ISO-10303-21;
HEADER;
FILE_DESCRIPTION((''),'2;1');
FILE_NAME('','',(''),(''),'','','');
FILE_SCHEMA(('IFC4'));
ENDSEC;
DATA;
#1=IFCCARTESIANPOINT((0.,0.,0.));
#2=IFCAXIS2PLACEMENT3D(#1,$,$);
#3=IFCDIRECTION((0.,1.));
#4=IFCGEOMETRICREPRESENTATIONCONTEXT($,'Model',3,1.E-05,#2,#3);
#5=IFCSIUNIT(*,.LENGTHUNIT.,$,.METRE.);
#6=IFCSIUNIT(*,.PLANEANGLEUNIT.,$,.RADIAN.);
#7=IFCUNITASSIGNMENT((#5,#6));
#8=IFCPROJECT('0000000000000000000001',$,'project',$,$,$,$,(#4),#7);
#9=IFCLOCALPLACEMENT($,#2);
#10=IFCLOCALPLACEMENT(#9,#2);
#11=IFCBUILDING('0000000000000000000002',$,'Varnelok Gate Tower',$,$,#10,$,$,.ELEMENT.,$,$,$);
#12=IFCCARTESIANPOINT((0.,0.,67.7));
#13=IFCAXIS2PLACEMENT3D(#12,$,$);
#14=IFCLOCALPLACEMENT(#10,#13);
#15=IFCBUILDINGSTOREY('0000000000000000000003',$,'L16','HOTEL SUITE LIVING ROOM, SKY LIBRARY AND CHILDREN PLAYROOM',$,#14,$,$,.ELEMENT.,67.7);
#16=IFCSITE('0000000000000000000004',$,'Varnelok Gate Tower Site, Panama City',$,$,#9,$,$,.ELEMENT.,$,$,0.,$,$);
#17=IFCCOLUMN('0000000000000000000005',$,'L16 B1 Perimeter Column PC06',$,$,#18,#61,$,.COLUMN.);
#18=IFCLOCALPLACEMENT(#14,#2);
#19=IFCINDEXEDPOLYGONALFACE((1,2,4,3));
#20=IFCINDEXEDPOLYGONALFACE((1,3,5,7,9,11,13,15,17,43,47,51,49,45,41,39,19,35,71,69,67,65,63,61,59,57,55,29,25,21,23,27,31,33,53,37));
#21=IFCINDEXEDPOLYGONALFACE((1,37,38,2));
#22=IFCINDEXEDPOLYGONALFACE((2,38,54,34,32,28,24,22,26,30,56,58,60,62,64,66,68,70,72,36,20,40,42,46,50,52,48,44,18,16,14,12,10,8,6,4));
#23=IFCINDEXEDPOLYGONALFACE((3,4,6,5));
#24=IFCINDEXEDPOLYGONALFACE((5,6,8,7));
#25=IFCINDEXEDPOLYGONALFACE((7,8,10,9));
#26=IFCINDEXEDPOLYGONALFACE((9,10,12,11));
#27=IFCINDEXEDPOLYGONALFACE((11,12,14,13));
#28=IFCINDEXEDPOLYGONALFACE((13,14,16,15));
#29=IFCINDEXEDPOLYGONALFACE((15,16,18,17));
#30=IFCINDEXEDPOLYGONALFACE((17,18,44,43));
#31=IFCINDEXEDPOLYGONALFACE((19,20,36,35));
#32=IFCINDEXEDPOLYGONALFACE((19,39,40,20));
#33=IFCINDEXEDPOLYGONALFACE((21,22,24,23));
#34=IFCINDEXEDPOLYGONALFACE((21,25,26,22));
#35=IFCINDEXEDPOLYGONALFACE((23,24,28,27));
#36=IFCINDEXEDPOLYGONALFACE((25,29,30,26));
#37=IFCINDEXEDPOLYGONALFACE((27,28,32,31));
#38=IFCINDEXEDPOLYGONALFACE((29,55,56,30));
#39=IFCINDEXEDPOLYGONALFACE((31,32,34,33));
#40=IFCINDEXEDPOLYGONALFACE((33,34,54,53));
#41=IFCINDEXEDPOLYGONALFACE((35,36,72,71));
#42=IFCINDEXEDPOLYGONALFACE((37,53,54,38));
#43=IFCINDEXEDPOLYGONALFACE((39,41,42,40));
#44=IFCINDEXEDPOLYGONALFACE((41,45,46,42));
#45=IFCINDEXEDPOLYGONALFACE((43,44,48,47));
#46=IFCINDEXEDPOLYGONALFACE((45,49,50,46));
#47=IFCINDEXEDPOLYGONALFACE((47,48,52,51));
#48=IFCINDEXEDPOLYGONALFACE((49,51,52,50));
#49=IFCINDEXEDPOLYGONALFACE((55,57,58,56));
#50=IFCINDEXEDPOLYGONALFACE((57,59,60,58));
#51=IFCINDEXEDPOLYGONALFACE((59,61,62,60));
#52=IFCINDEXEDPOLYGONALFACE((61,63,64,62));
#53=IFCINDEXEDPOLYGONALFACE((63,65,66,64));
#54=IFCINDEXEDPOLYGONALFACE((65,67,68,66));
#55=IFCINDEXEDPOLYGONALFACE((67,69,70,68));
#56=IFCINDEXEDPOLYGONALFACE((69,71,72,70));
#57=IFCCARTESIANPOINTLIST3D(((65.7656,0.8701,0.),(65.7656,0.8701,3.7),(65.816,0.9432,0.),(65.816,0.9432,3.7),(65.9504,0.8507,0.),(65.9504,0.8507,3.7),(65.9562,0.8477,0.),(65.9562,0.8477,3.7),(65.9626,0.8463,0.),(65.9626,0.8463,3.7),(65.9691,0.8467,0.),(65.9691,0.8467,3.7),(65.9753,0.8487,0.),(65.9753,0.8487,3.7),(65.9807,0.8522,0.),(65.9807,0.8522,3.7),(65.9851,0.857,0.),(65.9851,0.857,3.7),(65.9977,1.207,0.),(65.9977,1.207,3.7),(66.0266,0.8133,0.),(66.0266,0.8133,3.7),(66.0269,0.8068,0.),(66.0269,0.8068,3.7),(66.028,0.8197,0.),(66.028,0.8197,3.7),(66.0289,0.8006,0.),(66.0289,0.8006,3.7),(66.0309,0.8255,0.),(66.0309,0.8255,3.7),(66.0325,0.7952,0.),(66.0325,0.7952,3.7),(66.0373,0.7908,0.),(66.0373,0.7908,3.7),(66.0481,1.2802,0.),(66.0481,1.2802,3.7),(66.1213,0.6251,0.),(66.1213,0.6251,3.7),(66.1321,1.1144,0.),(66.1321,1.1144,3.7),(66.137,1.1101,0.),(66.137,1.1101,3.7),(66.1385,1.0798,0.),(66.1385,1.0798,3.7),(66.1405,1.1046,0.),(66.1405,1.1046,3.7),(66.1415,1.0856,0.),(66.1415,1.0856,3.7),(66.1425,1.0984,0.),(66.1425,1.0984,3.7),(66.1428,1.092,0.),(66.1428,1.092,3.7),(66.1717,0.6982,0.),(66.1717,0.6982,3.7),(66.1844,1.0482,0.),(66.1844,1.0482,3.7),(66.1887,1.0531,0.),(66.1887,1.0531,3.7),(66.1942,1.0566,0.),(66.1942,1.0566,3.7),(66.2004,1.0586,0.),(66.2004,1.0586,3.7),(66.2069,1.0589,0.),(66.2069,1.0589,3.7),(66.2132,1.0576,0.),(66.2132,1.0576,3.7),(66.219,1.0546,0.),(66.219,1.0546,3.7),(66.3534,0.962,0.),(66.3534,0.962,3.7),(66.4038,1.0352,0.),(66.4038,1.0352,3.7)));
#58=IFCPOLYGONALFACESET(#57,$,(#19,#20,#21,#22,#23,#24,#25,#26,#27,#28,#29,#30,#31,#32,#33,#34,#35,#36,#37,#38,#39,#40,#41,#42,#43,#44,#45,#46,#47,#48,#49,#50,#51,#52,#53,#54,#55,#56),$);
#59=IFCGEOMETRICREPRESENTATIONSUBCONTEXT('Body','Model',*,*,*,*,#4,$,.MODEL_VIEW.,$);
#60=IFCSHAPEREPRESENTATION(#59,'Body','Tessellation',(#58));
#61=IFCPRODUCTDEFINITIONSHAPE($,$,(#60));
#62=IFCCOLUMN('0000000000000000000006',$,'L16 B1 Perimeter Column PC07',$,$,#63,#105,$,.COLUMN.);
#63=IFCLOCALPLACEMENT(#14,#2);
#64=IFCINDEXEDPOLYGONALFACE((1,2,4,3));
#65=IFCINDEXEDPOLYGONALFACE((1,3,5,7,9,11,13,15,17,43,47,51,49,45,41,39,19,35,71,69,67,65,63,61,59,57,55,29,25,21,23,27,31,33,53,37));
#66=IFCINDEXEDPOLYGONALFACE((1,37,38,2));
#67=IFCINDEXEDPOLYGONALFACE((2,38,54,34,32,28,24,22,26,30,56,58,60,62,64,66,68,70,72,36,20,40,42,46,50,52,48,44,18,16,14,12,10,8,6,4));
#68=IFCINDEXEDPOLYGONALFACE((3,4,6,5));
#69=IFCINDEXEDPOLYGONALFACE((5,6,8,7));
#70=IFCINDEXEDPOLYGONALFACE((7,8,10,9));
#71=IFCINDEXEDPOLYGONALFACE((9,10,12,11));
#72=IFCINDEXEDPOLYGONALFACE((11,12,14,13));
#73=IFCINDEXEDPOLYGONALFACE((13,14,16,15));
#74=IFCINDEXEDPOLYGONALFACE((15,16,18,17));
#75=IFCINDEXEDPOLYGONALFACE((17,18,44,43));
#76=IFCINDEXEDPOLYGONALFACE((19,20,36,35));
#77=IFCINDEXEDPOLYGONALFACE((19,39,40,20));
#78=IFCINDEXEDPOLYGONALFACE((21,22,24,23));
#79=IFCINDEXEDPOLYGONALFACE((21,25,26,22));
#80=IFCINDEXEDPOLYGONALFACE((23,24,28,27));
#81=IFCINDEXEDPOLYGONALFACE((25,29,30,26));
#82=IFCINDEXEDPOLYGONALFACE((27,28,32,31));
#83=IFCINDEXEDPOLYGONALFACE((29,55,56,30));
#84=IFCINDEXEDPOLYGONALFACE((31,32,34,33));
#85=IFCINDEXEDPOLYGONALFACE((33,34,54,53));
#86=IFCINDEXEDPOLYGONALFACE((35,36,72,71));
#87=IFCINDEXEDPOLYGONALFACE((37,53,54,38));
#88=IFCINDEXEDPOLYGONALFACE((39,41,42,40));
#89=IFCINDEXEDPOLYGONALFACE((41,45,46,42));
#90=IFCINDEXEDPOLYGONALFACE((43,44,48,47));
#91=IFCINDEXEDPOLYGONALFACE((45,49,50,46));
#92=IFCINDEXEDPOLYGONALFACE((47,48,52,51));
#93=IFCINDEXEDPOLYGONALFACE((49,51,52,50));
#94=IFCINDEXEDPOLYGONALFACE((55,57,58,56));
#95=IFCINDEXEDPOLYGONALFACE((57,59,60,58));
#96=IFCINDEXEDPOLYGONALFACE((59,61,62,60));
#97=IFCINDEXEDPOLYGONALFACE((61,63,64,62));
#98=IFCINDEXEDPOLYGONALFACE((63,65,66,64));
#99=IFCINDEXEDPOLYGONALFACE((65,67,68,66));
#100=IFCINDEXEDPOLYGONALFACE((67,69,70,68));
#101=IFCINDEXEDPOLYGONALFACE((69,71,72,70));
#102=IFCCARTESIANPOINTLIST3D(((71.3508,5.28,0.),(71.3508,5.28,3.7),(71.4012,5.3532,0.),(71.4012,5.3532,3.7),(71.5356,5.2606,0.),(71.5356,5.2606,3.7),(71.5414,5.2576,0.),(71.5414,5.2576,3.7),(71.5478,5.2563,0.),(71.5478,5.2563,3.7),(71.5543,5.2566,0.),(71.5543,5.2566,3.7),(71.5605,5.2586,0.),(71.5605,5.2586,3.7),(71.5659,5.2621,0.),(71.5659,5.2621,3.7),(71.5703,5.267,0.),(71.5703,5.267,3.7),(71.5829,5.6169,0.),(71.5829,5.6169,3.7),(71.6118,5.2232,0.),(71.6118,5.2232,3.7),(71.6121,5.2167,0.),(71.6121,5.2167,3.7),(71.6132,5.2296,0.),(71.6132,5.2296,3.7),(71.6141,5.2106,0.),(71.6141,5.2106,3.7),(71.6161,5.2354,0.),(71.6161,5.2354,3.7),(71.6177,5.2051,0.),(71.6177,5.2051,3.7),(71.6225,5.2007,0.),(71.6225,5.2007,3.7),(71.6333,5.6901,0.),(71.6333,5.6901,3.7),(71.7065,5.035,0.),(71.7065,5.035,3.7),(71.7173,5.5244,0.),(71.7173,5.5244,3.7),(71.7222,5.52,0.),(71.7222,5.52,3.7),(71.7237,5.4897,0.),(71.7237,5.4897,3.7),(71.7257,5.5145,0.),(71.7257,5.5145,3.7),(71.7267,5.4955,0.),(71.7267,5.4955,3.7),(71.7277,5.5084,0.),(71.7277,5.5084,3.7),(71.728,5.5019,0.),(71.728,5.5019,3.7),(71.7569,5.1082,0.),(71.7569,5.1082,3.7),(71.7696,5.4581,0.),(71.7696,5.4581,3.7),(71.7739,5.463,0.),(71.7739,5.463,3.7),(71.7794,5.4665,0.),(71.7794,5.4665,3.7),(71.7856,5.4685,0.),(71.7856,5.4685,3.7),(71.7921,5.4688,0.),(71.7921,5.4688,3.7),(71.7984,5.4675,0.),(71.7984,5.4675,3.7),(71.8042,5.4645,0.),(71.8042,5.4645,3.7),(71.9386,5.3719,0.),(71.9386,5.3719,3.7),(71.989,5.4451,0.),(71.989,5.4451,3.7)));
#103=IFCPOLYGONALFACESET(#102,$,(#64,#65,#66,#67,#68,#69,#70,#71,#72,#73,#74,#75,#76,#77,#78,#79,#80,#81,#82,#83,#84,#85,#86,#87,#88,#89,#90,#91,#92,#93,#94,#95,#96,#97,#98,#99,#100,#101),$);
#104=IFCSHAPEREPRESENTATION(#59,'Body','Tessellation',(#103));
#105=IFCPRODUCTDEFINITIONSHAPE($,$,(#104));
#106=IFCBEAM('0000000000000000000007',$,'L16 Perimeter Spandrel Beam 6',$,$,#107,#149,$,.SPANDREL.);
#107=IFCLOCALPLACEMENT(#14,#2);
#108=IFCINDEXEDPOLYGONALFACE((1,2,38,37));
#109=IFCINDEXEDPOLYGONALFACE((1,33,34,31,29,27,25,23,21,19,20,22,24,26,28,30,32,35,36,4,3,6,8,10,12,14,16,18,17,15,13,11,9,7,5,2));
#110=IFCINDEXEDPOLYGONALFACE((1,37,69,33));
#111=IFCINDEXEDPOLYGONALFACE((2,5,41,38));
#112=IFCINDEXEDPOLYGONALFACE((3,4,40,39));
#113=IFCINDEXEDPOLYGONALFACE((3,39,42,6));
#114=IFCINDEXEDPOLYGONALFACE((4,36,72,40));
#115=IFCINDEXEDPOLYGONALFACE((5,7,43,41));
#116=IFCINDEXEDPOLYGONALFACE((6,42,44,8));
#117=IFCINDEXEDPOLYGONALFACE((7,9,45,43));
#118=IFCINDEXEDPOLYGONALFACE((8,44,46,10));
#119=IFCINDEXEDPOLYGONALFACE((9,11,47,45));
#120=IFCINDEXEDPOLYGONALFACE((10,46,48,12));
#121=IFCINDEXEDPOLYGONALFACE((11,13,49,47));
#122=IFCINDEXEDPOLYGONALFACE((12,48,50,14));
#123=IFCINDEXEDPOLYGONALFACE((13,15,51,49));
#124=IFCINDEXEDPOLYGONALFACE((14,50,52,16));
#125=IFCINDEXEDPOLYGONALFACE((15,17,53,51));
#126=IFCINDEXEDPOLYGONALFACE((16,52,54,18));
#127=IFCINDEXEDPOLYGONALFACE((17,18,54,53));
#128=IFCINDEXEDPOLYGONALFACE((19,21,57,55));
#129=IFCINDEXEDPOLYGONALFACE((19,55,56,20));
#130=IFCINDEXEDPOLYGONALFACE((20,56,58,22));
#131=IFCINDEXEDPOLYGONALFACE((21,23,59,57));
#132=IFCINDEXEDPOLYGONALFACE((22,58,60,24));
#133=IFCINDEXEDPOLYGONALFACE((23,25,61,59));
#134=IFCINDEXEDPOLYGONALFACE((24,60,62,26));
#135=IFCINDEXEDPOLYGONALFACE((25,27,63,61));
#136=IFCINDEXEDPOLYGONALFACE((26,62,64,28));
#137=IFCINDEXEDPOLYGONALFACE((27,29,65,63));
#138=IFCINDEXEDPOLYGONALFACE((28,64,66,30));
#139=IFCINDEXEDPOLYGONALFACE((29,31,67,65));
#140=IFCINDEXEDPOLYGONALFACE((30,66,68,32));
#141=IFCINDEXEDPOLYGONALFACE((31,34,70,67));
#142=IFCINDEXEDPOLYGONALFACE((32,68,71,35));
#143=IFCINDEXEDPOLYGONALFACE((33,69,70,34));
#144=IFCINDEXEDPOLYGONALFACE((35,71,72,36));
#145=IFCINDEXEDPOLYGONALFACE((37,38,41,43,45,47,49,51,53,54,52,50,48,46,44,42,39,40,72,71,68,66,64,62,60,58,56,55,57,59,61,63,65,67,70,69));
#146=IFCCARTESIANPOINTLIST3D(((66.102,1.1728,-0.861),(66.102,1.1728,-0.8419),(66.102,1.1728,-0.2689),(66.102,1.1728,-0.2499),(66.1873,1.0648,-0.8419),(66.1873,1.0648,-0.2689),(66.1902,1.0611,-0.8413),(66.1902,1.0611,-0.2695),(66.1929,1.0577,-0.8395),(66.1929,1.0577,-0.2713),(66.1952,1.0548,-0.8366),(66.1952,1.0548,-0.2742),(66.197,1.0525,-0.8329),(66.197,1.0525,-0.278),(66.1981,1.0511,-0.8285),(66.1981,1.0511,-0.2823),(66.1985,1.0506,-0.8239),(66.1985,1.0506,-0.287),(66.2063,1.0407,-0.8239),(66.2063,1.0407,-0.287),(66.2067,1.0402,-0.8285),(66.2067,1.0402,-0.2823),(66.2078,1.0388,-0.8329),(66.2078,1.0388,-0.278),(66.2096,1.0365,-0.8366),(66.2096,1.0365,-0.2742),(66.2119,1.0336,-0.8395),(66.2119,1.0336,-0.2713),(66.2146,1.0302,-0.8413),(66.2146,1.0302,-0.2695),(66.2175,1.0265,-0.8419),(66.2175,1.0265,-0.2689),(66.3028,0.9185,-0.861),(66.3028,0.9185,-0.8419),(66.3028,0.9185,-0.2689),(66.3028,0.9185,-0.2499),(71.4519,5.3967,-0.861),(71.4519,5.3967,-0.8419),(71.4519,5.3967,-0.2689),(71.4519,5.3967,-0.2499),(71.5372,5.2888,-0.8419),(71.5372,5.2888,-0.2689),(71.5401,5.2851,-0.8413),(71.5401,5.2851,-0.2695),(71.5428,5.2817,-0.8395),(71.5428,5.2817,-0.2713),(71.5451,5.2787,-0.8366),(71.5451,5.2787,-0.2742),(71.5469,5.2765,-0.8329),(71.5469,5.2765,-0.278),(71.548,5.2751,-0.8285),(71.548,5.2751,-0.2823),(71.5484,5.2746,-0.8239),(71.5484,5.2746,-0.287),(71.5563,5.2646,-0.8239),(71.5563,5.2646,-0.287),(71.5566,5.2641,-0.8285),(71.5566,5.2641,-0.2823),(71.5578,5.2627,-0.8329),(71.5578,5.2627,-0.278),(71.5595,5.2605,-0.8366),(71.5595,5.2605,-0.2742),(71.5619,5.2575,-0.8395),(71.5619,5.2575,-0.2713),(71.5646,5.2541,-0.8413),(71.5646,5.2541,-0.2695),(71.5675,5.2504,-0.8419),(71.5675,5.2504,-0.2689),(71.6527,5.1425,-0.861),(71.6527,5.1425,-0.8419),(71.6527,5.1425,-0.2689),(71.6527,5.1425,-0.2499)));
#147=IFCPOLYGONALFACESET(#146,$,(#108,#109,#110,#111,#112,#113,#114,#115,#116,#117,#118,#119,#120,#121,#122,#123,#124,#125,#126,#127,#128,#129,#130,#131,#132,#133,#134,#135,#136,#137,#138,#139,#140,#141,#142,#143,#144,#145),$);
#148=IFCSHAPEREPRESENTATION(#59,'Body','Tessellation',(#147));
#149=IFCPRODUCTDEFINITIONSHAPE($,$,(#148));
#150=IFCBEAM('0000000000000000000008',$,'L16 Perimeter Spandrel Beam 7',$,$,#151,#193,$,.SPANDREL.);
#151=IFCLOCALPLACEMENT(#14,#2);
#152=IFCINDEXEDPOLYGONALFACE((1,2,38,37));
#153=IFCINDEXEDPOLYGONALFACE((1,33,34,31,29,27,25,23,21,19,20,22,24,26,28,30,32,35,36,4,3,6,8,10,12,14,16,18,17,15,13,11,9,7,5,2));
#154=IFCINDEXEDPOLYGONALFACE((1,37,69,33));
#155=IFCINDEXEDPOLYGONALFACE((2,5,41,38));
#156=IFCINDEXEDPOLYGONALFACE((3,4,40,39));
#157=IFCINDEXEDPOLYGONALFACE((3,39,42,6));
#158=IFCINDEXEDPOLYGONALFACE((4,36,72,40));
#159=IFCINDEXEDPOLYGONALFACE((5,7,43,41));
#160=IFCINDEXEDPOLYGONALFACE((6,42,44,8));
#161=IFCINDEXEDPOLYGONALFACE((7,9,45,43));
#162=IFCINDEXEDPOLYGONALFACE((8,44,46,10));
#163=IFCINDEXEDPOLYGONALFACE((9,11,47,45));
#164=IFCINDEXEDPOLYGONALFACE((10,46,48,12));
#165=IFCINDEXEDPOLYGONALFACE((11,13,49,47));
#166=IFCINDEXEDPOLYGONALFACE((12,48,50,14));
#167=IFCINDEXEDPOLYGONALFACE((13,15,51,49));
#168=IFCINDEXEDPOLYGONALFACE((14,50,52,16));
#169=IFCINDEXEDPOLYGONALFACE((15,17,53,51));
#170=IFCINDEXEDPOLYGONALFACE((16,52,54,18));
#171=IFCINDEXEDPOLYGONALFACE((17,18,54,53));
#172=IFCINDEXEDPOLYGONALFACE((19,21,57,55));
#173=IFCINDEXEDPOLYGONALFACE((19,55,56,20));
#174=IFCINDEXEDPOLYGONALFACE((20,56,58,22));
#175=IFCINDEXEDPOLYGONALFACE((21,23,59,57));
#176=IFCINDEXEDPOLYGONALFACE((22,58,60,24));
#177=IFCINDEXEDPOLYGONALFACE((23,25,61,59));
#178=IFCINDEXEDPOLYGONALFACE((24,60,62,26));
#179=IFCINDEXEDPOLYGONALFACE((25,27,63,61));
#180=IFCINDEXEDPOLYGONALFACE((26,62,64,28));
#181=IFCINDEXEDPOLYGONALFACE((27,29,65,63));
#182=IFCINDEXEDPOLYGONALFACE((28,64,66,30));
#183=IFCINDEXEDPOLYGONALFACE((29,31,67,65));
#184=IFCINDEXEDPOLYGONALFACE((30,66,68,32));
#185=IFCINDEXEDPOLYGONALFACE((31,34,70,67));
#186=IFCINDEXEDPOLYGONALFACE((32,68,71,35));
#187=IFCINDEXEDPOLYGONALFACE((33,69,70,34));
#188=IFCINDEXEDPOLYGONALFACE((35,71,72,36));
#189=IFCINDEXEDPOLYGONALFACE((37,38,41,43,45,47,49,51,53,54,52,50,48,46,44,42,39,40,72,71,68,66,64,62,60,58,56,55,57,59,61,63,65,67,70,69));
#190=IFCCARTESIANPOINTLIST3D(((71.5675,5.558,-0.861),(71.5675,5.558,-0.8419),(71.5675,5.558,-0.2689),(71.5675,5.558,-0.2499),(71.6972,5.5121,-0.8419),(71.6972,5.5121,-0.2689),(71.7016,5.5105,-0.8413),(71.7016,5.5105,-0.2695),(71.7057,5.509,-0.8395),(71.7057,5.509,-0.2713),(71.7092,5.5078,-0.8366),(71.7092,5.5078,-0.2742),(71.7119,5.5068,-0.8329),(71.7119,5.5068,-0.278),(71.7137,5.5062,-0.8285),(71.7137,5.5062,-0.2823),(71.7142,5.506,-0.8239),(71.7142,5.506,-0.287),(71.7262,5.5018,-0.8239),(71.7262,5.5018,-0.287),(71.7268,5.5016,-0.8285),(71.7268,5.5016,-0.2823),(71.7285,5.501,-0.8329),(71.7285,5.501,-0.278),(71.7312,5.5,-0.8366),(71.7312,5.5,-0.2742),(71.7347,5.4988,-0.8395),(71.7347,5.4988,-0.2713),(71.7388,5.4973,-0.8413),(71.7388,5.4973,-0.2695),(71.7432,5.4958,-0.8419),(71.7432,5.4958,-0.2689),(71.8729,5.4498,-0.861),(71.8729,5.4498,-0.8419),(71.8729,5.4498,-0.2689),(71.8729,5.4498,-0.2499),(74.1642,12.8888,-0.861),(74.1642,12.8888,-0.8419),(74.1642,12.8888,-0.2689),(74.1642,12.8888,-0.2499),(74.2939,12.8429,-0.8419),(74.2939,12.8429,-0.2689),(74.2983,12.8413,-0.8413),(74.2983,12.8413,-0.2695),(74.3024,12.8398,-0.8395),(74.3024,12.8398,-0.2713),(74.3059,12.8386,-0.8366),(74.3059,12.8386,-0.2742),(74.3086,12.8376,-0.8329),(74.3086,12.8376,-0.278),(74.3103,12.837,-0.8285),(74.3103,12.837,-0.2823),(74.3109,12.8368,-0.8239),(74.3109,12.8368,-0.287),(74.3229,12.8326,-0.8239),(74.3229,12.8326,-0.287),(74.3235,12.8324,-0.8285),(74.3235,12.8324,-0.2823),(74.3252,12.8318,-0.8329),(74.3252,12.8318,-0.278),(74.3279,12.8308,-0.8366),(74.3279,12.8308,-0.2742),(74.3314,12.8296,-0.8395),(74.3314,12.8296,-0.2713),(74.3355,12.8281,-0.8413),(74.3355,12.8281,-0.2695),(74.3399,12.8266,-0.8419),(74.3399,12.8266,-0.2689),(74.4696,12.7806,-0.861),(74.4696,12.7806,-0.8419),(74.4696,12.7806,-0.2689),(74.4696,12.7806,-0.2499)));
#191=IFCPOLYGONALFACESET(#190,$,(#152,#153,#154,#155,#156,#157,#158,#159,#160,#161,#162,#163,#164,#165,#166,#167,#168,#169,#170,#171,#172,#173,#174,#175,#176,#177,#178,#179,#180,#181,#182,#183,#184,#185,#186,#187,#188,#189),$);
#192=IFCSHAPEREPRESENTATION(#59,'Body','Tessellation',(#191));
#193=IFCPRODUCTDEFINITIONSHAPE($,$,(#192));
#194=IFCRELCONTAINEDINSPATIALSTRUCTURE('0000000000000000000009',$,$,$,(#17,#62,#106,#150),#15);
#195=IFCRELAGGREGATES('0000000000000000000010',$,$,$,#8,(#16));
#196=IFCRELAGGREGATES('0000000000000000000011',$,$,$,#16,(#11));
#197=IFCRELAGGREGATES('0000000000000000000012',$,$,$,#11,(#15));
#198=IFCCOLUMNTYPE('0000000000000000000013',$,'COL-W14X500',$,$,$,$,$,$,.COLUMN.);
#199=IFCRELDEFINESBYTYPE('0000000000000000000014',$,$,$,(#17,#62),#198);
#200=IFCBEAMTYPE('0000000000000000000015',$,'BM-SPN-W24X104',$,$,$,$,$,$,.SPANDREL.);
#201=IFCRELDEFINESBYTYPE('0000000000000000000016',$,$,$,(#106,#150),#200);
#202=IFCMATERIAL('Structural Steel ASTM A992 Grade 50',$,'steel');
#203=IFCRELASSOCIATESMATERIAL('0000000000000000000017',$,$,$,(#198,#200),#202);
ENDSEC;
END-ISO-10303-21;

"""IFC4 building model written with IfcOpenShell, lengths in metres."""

from ifc_helpers import new_model, si_unit, direction, frame, origin, origin_2d, place, context, subcontext, project, spatial, i_section, extrude, material, material_profile, profile_set, type_object, element, save


model = new_model("IFC4")

# Units and contexts
model_context = context("Model", 3, precision=1e-05, world=origin(), true_north=direction((0.0, 1.0)))
body_context = subcontext(model_context, "Body", "Model", "MODEL_VIEW")
ifc_project = project(units=[si_unit("LENGTHUNIT", "METRE"), si_unit("PLANEANGLEUNIT", "RADIAN")], contexts=[model_context])

# Site, building, storey
site_placement = place(None, origin())
site = spatial("IfcSite", under=ifc_project, at=site_placement, Name="Varnelok Gate Tower Site, Panama City", CompositionType="ELEMENT", RefElevation=0.0)
building_placement = place(site_placement, origin())
building = spatial("IfcBuilding", under=site, at=building_placement, Name="Varnelok Gate Tower", CompositionType="ELEMENT")
storey_placement = place(building_placement, frame((0.0, 0.0, 67.7)))
storey = spatial("IfcBuildingStorey", under=building, at=storey_placement, Name="L16", Description="HOTEL SUITE LIVING ROOM, SKY LIBRARY AND CHILDREN PLAYROOM", CompositionType="ELEMENT", Elevation=67.7)

# Columns
ifc_material_1 = material(Name="Structural Steel ASTM A992 Grade 50", Category="steel")
ifc_material_profile_1 = material_profile(ifc_material_1, i_section(OverallWidth=0.4319, OverallDepth=0.498, WebThickness=0.0557, FlangeThickness=0.0889, FilletRadius=0.0249, at=origin_2d()), Name="W14X500")
ifc_profile_set_1 = profile_set([ifc_material_profile_1], Name="Structural Steel ASTM A992 Grade 50")
column_type = type_object("IfcColumnType", Name="COL-W14X500", PredefinedType="COLUMN", material=ifc_profile_set_1)
for number, where, z_axis, x_axis, name in (
    (1, (66.0847, 0.9526, 0.0), (0.0, 0.0, 1.0), (0.823533, -0.567269, 0.0), "L16 B1 Perimeter Column PC06"),
    (2, (71.6699, 5.3625, 0.0), (0.0, 0.0, 1.0), (0.823533, -0.567269, 0.0), "L16 B1 Perimeter Column PC07"),
):
    element("IfcColumn", number, at=place(storey_placement, frame(where, z_axis=z_axis, x_axis=x_axis)), inside=storey, type_object=column_type, Name=name, PredefinedType="COLUMN", context=body_context, shape_type="SweptSolid", body=[
        extrude(i_section(OverallWidth=0.4319, OverallDepth=0.498, WebThickness=0.0557, FlangeThickness=0.0889, FilletRadius=0.0249, at=origin_2d()), origin(), (0.0, 0.0, 1.0), 3.7),
    ])

# Beams
ifc_material_profile_2 = material_profile(ifc_material_1, i_section(OverallWidth=0.324, OverallDepth=0.6111, WebThickness=0.0127, FlangeThickness=0.019, FilletRadius=0.0181, at=origin_2d()), Name="W24X104")
ifc_profile_set_2 = profile_set([ifc_material_profile_2], Name="Structural Steel ASTM A992 Grade 50")
beam_type = type_object("IfcBeamType", Name="BM-SPN-W24X104", PredefinedType="SPANDREL", material=ifc_profile_set_2)
beam_1_placement = place(storey_placement, frame((66.2024, 1.0457, -0.5554), z_axis=(0.784861, 0.619672, 0.0), x_axis=(-0.619672, 0.784861, 0.0)))
element("IfcBeam", 3, at=beam_1_placement, inside=storey, type_object=beam_type, Name="L16 Perimeter Spandrel Beam 6", PredefinedType="SPANDREL", context=body_context, shape_type="SweptSolid", body=[
    extrude(i_section(OverallWidth=0.324, OverallDepth=0.6111, WebThickness=0.0127, FlangeThickness=0.019, FilletRadius=0.0181, at=origin_2d()), origin(), (0.0, 0.0, 1.0), 6.8164),
])
beam_2_placement = place(storey_placement, frame((71.7202, 5.5039, -0.5554), z_axis=(0.333887, 0.942613, 0.0), x_axis=(-0.942613, 0.333887, 0.0)))
element("IfcBeam", 4, at=beam_2_placement, inside=storey, type_object=beam_type, Name="L16 Perimeter Spandrel Beam 7", PredefinedType="SPANDREL", context=body_context, shape_type="SweptSolid", body=[
    extrude(i_section(OverallWidth=0.324, OverallDepth=0.6111, WebThickness=0.0127, FlangeThickness=0.019, FilletRadius=0.0181, at=origin_2d()), origin(), (0.0, 0.0, 1.0), 7.7771),
])

save(model, "model.ifc")
